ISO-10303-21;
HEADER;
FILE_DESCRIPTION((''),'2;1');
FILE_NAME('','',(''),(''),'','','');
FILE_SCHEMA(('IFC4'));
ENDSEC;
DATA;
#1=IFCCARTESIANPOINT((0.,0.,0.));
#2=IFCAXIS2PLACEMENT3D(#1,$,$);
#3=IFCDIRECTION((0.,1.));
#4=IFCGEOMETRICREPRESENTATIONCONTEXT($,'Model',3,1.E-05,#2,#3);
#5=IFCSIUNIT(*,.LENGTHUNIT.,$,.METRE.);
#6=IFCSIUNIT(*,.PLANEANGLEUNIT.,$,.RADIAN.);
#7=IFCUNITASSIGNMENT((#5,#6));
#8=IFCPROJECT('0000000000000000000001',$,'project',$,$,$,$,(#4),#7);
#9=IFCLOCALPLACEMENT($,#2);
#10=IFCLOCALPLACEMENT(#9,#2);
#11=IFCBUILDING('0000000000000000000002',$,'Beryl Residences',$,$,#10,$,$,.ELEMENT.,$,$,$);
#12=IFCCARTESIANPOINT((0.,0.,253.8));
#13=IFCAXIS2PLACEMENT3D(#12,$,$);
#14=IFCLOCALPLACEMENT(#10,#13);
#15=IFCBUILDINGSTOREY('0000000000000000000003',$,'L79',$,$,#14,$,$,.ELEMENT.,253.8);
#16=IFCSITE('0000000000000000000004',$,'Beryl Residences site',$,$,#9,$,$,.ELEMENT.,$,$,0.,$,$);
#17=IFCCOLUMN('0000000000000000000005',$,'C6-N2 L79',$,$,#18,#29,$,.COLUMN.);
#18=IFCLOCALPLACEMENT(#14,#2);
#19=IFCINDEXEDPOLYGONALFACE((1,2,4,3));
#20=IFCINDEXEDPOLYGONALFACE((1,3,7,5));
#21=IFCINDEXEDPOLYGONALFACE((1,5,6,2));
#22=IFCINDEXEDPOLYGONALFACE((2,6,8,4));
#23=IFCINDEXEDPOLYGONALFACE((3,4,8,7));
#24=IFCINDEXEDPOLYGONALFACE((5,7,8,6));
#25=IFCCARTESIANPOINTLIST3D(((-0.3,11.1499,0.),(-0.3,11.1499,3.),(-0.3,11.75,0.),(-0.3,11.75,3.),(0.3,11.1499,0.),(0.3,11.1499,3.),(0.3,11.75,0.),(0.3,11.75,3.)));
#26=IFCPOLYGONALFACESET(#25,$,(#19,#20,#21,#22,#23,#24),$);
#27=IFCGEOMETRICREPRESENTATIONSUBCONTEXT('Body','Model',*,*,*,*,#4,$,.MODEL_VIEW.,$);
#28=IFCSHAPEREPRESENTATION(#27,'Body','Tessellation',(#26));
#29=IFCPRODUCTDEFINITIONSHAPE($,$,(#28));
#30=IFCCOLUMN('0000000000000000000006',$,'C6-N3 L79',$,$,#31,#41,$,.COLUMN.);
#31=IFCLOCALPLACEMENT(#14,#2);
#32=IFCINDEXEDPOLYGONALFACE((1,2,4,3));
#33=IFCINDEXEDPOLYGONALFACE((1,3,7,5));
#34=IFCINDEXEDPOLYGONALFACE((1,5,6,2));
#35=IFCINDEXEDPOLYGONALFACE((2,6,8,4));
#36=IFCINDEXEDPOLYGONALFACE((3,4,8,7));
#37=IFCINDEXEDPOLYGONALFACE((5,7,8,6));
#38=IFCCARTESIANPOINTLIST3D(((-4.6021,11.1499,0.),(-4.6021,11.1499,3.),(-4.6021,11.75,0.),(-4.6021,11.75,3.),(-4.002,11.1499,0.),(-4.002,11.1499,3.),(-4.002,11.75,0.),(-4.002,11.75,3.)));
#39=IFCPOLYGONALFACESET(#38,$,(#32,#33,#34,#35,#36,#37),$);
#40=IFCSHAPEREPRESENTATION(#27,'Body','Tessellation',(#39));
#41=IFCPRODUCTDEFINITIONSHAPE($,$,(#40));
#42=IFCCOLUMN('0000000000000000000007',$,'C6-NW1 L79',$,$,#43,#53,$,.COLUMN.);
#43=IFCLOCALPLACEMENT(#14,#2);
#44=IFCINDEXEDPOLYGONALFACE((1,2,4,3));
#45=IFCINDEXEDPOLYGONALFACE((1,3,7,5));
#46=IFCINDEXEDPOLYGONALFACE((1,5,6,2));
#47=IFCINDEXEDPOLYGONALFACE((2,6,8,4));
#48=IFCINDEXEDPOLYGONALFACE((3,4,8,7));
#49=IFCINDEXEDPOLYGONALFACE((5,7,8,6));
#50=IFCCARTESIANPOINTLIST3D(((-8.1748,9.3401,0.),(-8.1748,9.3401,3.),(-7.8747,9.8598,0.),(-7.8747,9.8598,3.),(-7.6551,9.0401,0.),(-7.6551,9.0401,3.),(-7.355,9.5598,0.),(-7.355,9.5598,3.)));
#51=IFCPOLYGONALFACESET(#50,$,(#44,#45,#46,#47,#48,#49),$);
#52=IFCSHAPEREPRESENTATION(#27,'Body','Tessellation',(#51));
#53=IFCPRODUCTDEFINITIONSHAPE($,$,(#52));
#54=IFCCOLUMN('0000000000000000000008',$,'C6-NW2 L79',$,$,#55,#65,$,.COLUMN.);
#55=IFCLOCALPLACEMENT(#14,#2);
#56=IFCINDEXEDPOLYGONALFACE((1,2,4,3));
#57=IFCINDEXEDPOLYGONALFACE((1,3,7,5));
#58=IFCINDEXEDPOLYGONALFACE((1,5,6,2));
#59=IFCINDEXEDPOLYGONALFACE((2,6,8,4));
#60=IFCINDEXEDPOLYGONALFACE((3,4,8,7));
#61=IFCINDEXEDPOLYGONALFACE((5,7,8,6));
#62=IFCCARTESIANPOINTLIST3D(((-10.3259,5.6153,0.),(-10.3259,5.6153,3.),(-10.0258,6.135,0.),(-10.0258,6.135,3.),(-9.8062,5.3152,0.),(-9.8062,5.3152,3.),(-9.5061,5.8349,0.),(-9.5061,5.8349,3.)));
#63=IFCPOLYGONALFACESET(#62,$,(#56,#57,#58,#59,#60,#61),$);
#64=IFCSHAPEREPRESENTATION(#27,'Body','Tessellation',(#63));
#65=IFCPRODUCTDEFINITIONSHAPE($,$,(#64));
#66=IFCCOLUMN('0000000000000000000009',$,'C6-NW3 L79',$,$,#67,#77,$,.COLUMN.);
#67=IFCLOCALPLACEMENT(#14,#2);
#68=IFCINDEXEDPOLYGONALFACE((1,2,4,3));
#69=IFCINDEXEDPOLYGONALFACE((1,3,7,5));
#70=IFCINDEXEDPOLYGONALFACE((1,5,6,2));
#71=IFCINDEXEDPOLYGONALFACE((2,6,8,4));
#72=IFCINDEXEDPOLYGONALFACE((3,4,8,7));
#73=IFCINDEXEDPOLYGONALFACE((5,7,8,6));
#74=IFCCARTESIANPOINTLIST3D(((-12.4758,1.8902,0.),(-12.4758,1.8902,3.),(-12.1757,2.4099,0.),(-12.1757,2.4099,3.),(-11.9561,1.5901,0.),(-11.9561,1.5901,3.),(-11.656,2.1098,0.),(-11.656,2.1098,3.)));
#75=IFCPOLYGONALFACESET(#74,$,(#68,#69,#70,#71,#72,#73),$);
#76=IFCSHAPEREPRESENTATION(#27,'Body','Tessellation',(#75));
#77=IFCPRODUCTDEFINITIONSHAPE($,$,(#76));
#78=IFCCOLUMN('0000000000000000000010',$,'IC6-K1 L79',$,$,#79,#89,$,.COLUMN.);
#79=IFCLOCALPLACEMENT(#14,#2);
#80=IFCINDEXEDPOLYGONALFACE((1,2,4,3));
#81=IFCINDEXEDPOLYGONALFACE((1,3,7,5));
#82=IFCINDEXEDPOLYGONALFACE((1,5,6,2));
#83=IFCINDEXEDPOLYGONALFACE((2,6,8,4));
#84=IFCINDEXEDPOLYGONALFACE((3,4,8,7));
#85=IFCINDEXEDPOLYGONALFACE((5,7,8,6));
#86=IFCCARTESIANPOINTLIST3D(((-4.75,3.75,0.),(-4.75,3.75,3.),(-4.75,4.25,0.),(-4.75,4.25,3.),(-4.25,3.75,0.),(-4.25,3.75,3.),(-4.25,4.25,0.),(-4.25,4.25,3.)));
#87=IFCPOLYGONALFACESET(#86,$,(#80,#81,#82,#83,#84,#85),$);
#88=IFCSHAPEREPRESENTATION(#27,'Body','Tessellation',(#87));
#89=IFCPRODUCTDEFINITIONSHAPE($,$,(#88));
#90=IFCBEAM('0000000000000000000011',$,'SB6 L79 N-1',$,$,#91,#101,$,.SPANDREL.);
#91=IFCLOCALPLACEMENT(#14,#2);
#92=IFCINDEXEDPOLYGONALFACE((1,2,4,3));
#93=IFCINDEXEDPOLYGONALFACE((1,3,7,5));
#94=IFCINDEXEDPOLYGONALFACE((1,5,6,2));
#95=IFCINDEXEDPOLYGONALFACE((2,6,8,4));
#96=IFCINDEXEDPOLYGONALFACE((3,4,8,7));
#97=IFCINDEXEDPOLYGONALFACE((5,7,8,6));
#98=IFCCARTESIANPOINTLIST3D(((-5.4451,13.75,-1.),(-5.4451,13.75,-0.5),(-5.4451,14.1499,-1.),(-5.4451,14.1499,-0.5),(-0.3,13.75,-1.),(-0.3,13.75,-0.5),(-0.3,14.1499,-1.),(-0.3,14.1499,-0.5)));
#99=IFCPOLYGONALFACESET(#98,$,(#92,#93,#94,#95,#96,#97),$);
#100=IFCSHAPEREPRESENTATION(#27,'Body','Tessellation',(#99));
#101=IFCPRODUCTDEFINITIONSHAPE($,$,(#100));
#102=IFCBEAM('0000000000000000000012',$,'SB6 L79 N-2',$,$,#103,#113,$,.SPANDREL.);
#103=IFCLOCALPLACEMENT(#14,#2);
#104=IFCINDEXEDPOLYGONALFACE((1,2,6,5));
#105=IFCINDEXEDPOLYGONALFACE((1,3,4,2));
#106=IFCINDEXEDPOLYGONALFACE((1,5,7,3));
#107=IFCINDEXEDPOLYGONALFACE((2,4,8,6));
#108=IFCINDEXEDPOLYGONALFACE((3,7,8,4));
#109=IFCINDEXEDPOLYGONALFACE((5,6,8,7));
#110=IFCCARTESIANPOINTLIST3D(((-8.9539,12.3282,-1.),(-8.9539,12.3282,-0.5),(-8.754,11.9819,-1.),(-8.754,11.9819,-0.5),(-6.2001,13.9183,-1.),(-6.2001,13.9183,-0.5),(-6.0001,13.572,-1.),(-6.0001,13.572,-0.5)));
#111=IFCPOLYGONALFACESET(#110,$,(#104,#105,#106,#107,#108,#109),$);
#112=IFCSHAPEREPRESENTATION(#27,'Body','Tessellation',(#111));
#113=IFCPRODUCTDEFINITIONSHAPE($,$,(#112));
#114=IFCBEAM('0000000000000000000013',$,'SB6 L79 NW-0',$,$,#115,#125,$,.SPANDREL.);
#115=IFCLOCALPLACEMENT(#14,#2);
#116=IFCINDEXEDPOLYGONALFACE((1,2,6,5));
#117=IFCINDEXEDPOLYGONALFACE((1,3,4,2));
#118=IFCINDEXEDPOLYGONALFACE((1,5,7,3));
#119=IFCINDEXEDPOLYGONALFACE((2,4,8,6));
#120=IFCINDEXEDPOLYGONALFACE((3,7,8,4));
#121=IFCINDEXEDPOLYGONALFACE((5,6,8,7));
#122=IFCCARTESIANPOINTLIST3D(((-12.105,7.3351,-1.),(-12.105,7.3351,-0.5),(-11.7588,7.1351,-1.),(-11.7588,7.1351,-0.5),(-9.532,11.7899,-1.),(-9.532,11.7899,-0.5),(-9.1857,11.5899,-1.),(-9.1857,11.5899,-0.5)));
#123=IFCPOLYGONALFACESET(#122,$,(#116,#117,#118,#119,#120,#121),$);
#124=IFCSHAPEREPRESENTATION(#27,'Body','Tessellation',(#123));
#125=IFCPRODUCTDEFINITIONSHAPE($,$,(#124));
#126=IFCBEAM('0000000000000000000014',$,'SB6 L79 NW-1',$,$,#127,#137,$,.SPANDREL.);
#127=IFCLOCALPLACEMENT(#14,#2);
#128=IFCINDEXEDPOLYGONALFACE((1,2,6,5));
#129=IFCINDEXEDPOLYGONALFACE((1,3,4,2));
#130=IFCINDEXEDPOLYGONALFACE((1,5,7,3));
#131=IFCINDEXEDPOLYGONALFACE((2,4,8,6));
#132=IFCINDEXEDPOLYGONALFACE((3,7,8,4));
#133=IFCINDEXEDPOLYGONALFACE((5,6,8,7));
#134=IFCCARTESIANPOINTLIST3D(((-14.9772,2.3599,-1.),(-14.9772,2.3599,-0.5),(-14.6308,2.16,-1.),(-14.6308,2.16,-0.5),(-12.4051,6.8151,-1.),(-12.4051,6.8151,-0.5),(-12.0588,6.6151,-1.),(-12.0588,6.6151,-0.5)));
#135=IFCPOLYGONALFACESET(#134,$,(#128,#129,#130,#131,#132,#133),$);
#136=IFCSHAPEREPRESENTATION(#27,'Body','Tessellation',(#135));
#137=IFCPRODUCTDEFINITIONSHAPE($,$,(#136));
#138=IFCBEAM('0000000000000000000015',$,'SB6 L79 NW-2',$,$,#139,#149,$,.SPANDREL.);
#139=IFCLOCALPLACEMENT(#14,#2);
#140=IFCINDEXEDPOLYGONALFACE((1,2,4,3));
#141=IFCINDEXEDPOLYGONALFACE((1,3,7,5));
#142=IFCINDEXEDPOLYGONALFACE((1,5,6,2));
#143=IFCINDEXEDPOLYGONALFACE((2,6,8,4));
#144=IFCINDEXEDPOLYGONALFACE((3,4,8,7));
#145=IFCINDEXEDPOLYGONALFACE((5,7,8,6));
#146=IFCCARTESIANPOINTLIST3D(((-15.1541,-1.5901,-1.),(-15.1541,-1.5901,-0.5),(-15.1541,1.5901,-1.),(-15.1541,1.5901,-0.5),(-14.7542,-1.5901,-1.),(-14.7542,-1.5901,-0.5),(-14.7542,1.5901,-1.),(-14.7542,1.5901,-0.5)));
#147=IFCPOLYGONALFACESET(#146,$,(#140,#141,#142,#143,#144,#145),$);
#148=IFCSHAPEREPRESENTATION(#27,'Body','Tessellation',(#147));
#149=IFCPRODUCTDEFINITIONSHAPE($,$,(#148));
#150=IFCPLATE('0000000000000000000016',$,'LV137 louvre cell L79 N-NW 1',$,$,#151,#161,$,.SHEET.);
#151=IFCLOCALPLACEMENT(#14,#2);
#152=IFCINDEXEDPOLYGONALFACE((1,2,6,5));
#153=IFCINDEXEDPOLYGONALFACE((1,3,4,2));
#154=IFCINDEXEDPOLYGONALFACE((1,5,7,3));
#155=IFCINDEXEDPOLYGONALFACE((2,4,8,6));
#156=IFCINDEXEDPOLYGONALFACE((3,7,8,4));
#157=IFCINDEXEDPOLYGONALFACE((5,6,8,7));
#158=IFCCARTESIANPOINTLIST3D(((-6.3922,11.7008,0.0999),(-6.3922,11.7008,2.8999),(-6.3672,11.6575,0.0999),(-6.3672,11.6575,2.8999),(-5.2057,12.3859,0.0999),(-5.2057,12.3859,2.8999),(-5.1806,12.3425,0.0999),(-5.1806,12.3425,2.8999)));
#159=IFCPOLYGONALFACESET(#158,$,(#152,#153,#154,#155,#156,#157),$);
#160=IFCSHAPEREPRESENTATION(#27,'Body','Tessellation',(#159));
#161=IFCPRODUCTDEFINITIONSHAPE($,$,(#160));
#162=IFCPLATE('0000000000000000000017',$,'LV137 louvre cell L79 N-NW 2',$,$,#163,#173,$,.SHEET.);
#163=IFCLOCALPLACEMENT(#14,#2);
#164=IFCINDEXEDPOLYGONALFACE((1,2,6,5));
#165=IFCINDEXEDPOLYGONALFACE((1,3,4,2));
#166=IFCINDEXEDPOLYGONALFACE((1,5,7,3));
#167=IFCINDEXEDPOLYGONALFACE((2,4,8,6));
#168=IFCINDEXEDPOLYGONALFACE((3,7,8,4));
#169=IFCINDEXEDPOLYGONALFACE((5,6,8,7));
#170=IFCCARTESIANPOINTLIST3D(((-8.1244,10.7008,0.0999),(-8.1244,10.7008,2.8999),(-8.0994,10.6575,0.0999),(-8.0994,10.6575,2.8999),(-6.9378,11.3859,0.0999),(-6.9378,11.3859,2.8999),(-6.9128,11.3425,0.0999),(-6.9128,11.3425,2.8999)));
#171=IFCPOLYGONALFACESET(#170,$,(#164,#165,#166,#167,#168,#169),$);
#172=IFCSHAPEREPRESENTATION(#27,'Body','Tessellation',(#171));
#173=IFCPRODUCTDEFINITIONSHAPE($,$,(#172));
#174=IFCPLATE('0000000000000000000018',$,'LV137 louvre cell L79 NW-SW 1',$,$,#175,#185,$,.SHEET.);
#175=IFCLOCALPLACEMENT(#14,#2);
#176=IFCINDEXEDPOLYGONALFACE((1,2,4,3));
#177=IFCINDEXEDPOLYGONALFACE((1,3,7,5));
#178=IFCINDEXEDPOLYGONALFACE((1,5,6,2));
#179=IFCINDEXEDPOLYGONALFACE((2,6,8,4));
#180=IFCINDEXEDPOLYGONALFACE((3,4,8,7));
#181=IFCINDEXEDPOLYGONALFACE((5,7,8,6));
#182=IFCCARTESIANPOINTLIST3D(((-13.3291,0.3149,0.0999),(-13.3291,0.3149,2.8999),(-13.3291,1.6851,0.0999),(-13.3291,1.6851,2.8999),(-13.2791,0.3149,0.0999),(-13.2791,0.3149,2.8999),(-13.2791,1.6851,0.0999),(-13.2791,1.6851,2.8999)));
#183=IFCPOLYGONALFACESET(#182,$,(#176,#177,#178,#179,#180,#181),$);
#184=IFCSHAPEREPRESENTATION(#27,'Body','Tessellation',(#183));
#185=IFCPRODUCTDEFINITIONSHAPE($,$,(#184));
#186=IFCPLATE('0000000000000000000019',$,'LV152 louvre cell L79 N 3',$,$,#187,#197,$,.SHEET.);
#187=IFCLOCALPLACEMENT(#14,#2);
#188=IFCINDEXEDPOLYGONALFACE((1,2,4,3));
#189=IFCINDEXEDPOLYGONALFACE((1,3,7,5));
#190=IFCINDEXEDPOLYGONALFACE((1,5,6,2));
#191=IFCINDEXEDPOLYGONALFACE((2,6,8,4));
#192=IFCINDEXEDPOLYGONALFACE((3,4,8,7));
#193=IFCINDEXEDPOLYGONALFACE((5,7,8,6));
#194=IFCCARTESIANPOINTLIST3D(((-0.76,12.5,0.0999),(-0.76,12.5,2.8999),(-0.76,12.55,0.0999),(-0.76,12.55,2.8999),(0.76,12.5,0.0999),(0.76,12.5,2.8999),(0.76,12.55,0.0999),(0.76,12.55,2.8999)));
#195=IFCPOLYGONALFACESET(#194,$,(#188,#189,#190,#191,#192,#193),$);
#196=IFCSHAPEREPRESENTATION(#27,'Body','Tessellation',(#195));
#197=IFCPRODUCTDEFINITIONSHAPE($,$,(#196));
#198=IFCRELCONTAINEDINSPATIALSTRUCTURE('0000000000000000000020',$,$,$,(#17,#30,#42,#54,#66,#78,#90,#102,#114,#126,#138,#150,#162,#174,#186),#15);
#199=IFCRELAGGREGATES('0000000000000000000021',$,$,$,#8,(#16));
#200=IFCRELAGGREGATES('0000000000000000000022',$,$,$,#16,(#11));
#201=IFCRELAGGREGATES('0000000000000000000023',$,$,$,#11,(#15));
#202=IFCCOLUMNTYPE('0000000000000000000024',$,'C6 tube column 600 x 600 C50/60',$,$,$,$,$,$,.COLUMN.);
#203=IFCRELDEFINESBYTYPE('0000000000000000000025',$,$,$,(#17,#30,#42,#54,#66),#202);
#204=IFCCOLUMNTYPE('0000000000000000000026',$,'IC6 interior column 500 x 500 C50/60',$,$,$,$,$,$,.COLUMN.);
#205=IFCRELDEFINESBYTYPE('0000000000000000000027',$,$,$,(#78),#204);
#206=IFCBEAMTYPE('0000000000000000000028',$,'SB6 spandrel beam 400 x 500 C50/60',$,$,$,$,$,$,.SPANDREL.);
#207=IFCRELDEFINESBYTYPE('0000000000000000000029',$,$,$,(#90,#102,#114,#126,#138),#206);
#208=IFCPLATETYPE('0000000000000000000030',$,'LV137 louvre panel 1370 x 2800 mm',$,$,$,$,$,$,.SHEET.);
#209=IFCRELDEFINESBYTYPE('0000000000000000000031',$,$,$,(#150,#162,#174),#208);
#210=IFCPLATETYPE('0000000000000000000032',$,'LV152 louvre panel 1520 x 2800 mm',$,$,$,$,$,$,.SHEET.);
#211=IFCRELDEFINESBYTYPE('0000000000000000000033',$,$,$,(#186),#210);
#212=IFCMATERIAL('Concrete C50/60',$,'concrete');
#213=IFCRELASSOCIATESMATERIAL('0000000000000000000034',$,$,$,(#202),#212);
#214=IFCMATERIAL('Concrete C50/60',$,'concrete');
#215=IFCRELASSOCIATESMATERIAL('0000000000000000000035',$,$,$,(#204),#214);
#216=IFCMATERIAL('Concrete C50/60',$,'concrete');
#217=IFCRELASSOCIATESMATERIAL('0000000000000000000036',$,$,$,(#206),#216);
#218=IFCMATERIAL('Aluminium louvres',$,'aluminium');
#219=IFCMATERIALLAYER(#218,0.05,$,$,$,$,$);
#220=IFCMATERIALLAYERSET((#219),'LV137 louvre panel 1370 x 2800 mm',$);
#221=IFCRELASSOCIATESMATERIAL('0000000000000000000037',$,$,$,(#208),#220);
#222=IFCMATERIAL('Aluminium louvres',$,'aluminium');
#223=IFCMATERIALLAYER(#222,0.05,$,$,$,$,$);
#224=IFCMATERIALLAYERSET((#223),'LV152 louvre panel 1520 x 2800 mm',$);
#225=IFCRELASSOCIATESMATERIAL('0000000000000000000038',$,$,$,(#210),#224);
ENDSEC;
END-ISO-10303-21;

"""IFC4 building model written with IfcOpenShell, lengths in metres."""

from ifc_helpers import new_model, si_unit, direction, frame, origin, origin_2d, place, context, subcontext, project, spatial, polyline, rectangle, outline, extrude, source, transform, mapped, material, layer, layer_set, material_profile, profile_set, type_object, type_shapes, element, save


model = new_model("IFC4")

# Units and contexts
model_context = context("Model", 3, precision=1e-05, world=origin(), true_north=direction((0.0, 1.0)))
body_context = subcontext(model_context, "Body", "Model", "MODEL_VIEW")
ifc_project = project(units=[si_unit("LENGTHUNIT", "METRE"), si_unit("PLANEANGLEUNIT", "RADIAN")], contexts=[model_context])

# Site, building, storey
site_placement = place(None, origin())
site = spatial("IfcSite", under=ifc_project, at=site_placement, Name="Beryl Residences site", CompositionType="ELEMENT", RefElevation=0.0)
building_placement = place(site_placement, origin())
building = spatial("IfcBuilding", under=site, at=building_placement, Name="Beryl Residences", CompositionType="ELEMENT")
storey_placement = place(building_placement, frame((0.0, 0.0, 253.8)))
storey = spatial("IfcBuildingStorey", under=building, at=storey_placement, Name="L79", CompositionType="ELEMENT", Elevation=253.8)

# Columns
ifc_material_1 = material(Name="Concrete C50/60", Category="concrete")
ifc_material_profile_1 = material_profile(ifc_material_1, rectangle(XDim=0.6001, YDim=0.6001, at=origin_2d()))
ifc_profile_set_1 = profile_set([ifc_material_profile_1], Name="Concrete C50/60")
column_type_1 = type_object("IfcColumnType", Name="C6 tube column 600 x 600 C50/60", PredefinedType="COLUMN", material=ifc_profile_set_1)
for number, where, z_axis, x_axis, name in (
    (1, (0.0, 11.45, 0.0), (0.0, 0.0, 1.0), (-1.0, 0.0, 0.0), "C6-N2 L79"),
    (2, (-4.302, 11.45, 0.0), (0.0, 0.0, 1.0), (-1.0, 0.0, 0.0), "C6-N3 L79"),
    (3, (-7.7649, 9.45, 0.0), (0.0, 0.0, 1.0), (-0.5, -0.866025, 0.0), "C6-NW1 L79"),
    (4, (-9.916, 5.7251, 0.0), (0.0, 0.0, 1.0), (-0.5, -0.866025, 0.0), "C6-NW2 L79"),
    (5, (-12.0659, 2.0, 0.0), (0.0, 0.0, 1.0), (-0.5, -0.866025, 0.0), "C6-NW3 L79"),
):
    element("IfcColumn", number, at=place(storey_placement, frame(where, z_axis=z_axis, x_axis=x_axis)), inside=storey, type_object=column_type_1, Name=name, PredefinedType="COLUMN", context=body_context, shape_type="SweptSolid", body=[
        extrude(rectangle(XDim=0.6001, YDim=0.6001, at=origin_2d()), origin(), (0.0, 0.0, 1.0), 3.0),
    ])
ifc_material_2 = material(Name="Concrete C50/60", Category="concrete")
ifc_material_profile_2 = material_profile(ifc_material_2, rectangle(XDim=0.5, YDim=0.5, at=origin_2d()))
ifc_profile_set_2 = profile_set([ifc_material_profile_2], Name="Concrete C50/60")
column_type_2 = type_object("IfcColumnType", Name="IC6 interior column 500 x 500 C50/60", PredefinedType="COLUMN", material=ifc_profile_set_2)
column_placement = place(storey_placement, frame((-4.5, 4.0, 0.0), z_axis=(0.0, 0.0, 1.0), x_axis=(1.0, 0.0, 0.0)))
element("IfcColumn", 6, at=column_placement, inside=storey, type_object=column_type_2, Name="IC6-K1 L79", PredefinedType="COLUMN", context=body_context, shape_type="SweptSolid", body=[
    extrude(rectangle(XDim=0.5, YDim=0.5, at=origin_2d()), origin(), (0.0, 0.0, 1.0), 3.0),
])

# Beams
ifc_material_3 = material(Name="Concrete C50/60", Category="concrete")
ifc_material_profile_3 = material_profile(ifc_material_3, rectangle(XDim=0.3999, YDim=0.5, at=origin_2d()))
ifc_profile_set_3 = profile_set([ifc_material_profile_3], Name="Concrete C50/60")
beam_type = type_object("IfcBeamType", Name="SB6 spandrel beam 400 x 500 C50/60", PredefinedType="SPANDREL", material=ifc_profile_set_3)
beam_1_placement = place(storey_placement, frame((-0.3, 13.95, -0.75), z_axis=(-1.0, 0.0, 0.0), x_axis=(0.0, -1.0, 0.0)))
element("IfcBeam", 7, at=beam_1_placement, inside=storey, type_object=beam_type, Name="SB6 L79 N-1", PredefinedType="SPANDREL", context=body_context, shape_type="SweptSolid", body=[
    extrude(rectangle(XDim=0.3999, YDim=0.5, at=origin_2d()), origin(), (0.0, 0.0, 1.0), 5.145),
])
beam_2_placement = place(storey_placement, frame((-6.1001, 13.7451, -0.75), z_axis=(-0.866009, -0.500028, 0.0), x_axis=(0.500028, -0.866009, 0.0)))
element("IfcBeam", 8, at=beam_2_placement, inside=storey, type_object=beam_type, Name="SB6 L79 N-2", PredefinedType="SPANDREL", context=body_context, shape_type="SweptSolid", body=[
    extrude(rectangle(XDim=0.3999, YDim=0.5, at=origin_2d()), origin(), (0.0, 0.0, 1.0), 3.1799),
])
beam_3_placement = place(storey_placement, frame((-9.3589, 11.6899, -0.75), z_axis=(-0.500146, -0.865941, 0.0), x_axis=(0.865941, -0.500146, 0.0)))
element("IfcBeam", 9, at=beam_3_placement, inside=storey, type_object=beam_type, Name="SB6 L79 NW-0", PredefinedType="SPANDREL", context=body_context, shape_type="SweptSolid", body=[
    extrude(rectangle(XDim=0.3999, YDim=0.5, at=origin_2d()), origin(), (0.0, 0.0, 1.0), 5.1445),
])
beam_4_placement = place(storey_placement, frame((-12.2319, 6.7151, -0.75), z_axis=(-0.499983, -0.866035, 0.0), x_axis=(0.866035, -0.499983, 0.0)))
element("IfcBeam", 10, at=beam_4_placement, inside=storey, type_object=beam_type, Name="SB6 L79 NW-1", PredefinedType="SPANDREL", context=body_context, shape_type="SweptSolid", body=[
    extrude(rectangle(XDim=0.3999, YDim=0.5, at=origin_2d()), origin(), (0.0, 0.0, 1.0), 5.1443),
])
beam_5_placement = place(storey_placement, frame((-14.9541, 1.5901, -0.75), z_axis=(0.0, -1.0, 0.0), x_axis=(1.0, 0.0, 0.0)))
element("IfcBeam", 11, at=beam_5_placement, inside=storey, type_object=beam_type, Name="SB6 L79 NW-2", PredefinedType="SPANDREL", context=body_context, shape_type="SweptSolid", body=[
    extrude(rectangle(XDim=0.3999, YDim=0.5, at=origin_2d()), origin(), (0.0, 0.0, 1.0), 3.1802),
])

# Plates
ifc_material_4 = material(Name="Aluminium louvres", Category="aluminium")
ifc_layer_1 = layer(ifc_material_4, 0.05)
ifc_layer_set_1 = layer_set([ifc_layer_1], Name="LV137 louvre panel 1370 x 2800 mm")
plate_type_1 = type_object("IfcPlateType", Name="LV137 louvre panel 1370 x 2800 mm", PredefinedType="SHEET", material=ifc_layer_set_1)
shared_shape_1 = source(origin(), body_context, "Body", "SweptSolid", [
    extrude(outline(polyline([(-0.6851, 0.0), (0.6851, 0.0), (0.6851, 0.05), (-0.6851, 0.05), (-0.6851, 0.0)])), origin(), (0.0, 0.0, 1.0), 2.8),
])
type_shapes(plate_type_1, [shared_shape_1])
for number, where, z_axis, x_axis, name in (
    (12, (-5.7739, 12.0, 0.0999), (0.0, 0.0, 1.0), (0.866025, 0.5, 0.0), "LV137 louvre cell L79 N-NW 1"),
    (13, (-7.5061, 11.0, 0.0999), (0.0, 0.0, 1.0), (0.866025, 0.5, 0.0), "LV137 louvre cell L79 N-NW 2"),
    (14, (-13.2791, 1.0, 0.0999), (0.0, 0.0, 1.0), (0.0, 1.0, 0.0), "LV137 louvre cell L79 NW-SW 1"),
):
    element("IfcPlate", number, at=place(storey_placement, frame(where, z_axis=z_axis, x_axis=x_axis)), inside=storey, type_object=plate_type_1, Name=name, PredefinedType="SHEET", context=body_context, shape_type="MappedRepresentation", body=[
        mapped(shared_shape_1, transform((0.0, 0.0, 0.0))),
    ])
ifc_material_5 = material(Name="Aluminium louvres", Category="aluminium")
ifc_layer_2 = layer(ifc_material_5, 0.05)
ifc_layer_set_2 = layer_set([ifc_layer_2], Name="LV152 louvre panel 1520 x 2800 mm")
plate_type_2 = type_object("IfcPlateType", Name="LV152 louvre panel 1520 x 2800 mm", PredefinedType="SHEET", material=ifc_layer_set_2)
shared_shape_2 = source(origin(), body_context, "Body", "SweptSolid", [
    extrude(outline(polyline([(-0.76, 0.0), (0.76, 0.0), (0.76, 0.05), (-0.76, 0.05), (-0.76, 0.0)])), origin(), (0.0, 0.0, 1.0), 2.8),
])
type_shapes(plate_type_2, [shared_shape_2])
for number, where, z_axis, x_axis, name in (
    (15, (0.0, 12.5, 0.0999), (0.0, 0.0, 1.0), (1.0, 0.0, 0.0), "LV152 louvre cell L79 N 3"),
):
    element("IfcPlate", number, at=place(storey_placement, frame(where, z_axis=z_axis, x_axis=x_axis)), inside=storey, type_object=plate_type_2, Name=name, PredefinedType="SHEET", context=body_context, shape_type="MappedRepresentation", body=[
        mapped(shared_shape_2, transform((0.0, 0.0, 0.0))),
    ])

save(model, "model.ifc")
